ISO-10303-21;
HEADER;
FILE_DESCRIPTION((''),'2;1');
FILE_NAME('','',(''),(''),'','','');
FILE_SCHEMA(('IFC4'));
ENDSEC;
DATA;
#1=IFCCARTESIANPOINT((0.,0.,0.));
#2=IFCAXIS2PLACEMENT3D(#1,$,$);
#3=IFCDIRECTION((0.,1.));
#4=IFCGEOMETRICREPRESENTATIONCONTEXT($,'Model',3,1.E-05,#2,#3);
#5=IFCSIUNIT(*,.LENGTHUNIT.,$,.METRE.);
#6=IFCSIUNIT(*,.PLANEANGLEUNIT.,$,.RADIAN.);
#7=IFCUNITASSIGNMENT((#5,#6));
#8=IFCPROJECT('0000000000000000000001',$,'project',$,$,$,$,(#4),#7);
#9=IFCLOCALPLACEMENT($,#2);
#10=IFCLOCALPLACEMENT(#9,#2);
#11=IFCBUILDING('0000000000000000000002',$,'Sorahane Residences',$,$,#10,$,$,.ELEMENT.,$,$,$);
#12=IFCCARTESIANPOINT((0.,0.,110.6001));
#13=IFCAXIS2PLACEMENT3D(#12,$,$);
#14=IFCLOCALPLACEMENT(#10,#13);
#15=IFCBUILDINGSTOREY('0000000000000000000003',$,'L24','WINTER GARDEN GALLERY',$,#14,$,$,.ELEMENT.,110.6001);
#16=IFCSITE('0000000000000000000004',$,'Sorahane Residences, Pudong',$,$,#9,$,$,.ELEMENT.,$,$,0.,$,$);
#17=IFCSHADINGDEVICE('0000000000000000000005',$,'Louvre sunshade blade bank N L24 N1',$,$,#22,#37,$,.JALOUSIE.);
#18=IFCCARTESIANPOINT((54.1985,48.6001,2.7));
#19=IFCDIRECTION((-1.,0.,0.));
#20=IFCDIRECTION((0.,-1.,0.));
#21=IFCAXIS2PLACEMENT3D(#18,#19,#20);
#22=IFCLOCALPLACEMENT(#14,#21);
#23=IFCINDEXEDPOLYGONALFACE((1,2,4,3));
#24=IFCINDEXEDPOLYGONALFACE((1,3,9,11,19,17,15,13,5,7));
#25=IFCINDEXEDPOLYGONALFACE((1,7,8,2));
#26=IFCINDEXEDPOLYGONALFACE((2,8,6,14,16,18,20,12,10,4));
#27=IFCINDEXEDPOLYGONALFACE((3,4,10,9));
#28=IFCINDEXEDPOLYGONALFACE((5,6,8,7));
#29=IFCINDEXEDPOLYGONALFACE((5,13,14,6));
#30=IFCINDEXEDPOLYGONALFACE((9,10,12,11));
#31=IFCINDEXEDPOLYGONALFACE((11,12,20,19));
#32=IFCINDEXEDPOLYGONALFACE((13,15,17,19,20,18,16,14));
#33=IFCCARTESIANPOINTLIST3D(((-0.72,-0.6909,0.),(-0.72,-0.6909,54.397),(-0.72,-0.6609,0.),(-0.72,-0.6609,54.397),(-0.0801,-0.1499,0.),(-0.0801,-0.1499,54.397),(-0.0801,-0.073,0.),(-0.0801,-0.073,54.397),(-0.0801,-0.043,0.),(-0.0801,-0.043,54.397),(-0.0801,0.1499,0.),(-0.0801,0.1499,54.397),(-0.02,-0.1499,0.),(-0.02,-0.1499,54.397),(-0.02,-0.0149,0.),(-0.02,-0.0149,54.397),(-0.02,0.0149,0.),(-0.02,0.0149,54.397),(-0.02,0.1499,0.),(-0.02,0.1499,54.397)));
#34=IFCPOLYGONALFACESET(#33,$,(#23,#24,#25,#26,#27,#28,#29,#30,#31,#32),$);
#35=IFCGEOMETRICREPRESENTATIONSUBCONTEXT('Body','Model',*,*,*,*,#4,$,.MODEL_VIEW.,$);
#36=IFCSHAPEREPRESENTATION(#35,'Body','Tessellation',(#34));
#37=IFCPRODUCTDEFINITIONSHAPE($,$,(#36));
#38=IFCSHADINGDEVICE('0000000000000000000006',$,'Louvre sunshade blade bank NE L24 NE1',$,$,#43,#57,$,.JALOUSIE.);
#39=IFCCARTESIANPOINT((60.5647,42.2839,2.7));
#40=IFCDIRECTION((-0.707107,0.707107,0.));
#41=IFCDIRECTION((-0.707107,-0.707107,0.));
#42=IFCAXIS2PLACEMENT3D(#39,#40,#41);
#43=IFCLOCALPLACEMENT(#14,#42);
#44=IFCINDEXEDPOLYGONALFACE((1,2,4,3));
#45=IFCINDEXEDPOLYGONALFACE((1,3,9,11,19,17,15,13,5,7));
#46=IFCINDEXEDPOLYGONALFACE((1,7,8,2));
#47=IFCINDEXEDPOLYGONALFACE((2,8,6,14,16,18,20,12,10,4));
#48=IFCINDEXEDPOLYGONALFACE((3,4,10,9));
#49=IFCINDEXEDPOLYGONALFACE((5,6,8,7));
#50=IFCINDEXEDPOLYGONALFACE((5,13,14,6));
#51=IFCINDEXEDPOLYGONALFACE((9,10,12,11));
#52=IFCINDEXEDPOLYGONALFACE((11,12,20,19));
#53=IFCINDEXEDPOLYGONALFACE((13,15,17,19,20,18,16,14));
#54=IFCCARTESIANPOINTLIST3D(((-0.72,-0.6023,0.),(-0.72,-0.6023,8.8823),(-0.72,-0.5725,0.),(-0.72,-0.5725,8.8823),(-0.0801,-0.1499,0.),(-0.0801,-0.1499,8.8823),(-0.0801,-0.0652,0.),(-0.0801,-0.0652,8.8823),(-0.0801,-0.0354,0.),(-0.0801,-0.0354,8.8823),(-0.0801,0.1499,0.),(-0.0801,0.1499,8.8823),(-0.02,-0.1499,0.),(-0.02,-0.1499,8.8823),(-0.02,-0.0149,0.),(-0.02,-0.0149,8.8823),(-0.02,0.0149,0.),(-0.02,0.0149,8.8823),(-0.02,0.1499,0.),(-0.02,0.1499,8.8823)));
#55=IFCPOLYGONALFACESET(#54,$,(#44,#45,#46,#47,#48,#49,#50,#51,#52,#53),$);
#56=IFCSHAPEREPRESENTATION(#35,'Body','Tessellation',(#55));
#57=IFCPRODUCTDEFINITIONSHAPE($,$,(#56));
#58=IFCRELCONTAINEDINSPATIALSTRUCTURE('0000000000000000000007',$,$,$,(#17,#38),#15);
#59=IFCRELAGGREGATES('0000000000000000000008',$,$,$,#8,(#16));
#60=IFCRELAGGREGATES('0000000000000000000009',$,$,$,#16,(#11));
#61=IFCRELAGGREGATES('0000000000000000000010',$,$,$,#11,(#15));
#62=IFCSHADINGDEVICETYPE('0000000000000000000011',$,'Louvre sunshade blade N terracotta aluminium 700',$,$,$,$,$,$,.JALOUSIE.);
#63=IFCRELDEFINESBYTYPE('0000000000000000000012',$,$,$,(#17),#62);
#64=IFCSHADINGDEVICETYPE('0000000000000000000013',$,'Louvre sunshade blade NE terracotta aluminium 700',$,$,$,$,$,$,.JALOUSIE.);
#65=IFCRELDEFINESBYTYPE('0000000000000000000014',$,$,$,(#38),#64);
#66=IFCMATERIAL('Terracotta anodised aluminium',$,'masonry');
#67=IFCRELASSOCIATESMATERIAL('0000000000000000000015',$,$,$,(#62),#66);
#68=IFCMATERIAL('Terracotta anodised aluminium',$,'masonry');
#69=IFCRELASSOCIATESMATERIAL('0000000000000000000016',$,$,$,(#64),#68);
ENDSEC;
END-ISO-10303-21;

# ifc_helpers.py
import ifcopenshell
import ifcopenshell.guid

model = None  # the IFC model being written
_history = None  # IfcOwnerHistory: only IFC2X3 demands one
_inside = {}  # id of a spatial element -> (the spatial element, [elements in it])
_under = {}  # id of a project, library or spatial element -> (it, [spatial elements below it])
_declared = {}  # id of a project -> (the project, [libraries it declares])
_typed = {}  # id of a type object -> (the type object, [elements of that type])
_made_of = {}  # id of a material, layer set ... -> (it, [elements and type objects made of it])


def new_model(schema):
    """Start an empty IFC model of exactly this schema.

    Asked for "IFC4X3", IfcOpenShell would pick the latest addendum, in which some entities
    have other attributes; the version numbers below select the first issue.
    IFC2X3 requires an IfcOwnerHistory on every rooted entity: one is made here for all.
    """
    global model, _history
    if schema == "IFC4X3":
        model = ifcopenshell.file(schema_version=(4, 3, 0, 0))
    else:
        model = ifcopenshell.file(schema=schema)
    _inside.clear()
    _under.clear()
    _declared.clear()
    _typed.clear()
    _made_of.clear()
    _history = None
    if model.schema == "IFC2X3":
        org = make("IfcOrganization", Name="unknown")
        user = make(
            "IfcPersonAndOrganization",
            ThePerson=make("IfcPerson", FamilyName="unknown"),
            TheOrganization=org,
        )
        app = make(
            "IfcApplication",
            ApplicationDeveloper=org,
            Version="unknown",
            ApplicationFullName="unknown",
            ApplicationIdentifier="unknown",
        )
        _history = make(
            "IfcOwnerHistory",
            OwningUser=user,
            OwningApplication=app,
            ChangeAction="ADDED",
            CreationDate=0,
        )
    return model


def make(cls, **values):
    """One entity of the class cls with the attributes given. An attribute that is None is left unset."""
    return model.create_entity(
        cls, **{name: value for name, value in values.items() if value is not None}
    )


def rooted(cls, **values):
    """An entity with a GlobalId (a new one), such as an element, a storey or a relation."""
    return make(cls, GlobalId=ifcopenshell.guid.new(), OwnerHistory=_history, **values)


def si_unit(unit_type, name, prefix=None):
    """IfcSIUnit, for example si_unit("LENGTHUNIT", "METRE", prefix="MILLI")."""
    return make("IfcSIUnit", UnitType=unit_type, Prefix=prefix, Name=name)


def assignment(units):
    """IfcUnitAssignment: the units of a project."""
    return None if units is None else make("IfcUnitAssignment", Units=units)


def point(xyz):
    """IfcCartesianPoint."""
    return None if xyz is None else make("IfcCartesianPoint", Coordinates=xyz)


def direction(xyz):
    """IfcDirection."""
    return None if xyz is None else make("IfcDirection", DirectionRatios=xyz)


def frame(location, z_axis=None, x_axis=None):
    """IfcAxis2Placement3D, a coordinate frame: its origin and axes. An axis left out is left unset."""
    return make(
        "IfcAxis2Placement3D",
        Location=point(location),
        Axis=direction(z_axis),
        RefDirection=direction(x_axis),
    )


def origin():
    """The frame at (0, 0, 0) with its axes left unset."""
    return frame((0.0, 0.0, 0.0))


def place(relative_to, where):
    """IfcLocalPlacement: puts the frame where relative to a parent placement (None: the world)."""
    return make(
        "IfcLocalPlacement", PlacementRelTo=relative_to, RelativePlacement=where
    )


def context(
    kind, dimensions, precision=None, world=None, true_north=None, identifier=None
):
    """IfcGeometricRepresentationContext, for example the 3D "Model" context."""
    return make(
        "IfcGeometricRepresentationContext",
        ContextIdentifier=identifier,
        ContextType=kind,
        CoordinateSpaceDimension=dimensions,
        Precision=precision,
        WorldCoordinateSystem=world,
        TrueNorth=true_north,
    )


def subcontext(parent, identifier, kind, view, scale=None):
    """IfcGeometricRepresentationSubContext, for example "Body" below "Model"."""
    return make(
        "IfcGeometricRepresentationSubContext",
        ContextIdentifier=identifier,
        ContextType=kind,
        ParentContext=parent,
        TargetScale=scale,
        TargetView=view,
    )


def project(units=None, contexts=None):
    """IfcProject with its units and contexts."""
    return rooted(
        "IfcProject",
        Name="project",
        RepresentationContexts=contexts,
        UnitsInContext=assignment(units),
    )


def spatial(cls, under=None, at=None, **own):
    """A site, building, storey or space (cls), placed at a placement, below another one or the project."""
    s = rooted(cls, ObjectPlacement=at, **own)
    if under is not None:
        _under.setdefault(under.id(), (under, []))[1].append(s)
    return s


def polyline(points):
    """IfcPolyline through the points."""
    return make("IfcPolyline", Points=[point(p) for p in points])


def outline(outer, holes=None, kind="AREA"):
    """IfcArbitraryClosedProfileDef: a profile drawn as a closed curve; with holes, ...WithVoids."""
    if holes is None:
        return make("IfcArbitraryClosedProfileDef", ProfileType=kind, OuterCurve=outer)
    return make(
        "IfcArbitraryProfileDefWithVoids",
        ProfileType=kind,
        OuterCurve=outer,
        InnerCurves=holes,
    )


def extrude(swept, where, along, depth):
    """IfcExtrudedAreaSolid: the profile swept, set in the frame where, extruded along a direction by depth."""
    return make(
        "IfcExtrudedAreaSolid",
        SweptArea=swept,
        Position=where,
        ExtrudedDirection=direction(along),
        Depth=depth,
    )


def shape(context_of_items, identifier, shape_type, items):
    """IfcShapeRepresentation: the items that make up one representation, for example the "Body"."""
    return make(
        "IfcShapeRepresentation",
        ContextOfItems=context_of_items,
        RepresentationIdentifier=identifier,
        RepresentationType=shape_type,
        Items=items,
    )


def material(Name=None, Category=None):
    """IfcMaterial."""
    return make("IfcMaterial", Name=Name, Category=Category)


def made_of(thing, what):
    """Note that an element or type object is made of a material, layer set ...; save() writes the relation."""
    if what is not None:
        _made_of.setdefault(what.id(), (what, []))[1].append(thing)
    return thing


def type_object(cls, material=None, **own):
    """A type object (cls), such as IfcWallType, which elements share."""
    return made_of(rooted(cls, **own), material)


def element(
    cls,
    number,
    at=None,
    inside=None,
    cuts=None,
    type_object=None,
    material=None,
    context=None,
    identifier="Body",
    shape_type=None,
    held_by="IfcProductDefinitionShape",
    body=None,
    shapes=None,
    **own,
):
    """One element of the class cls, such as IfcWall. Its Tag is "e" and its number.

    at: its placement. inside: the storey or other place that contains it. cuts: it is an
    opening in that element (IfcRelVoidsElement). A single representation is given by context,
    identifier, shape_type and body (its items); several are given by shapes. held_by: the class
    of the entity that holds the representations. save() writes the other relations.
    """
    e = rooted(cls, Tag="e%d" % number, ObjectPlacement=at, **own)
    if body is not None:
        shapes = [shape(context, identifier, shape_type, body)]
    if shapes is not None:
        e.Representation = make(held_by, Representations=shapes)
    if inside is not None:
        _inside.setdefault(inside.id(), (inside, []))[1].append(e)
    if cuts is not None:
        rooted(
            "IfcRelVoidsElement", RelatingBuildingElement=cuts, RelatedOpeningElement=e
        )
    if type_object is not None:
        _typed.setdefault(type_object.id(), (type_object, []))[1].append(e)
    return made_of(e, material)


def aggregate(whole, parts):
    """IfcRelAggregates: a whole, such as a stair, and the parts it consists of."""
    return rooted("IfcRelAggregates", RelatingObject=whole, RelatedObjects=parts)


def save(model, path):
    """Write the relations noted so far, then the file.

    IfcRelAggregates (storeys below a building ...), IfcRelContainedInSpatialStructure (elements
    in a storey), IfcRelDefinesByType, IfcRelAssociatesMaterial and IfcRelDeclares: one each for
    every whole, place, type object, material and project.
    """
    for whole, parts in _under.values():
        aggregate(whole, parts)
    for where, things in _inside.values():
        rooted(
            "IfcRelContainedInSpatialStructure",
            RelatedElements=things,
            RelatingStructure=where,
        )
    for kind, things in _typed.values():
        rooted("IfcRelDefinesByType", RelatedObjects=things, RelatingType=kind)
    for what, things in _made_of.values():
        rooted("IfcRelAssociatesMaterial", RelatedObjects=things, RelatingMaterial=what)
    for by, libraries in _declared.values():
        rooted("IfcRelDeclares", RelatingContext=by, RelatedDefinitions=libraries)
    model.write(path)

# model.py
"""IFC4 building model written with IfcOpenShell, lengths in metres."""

from ifc_helpers import new_model, si_unit, direction, frame, origin, place, context, subcontext, project, spatial, polyline, outline, extrude, material, type_object, element, save


model = new_model("IFC4")

# Units and contexts
model_context = context("Model", 3, precision=1e-05, world=origin(), true_north=direction((0.0, 1.0)))
body_context = subcontext(model_context, "Body", "Model", "MODEL_VIEW")
ifc_project = project(units=[si_unit("LENGTHUNIT", "METRE"), si_unit("PLANEANGLEUNIT", "RADIAN")], contexts=[model_context])

# Site, building, storey
site_placement = place(None, origin())
site = spatial("IfcSite", under=ifc_project, at=site_placement, Name="Sorahane Residences, Pudong", CompositionType="ELEMENT", RefElevation=0.0)
building_placement = place(site_placement, origin())
building = spatial("IfcBuilding", under=site, at=building_placement, Name="Sorahane Residences", CompositionType="ELEMENT")
storey_placement = place(building_placement, frame((0.0, 0.0, 110.6001)))
storey = spatial("IfcBuildingStorey", under=building, at=storey_placement, Name="L24", Description="WINTER GARDEN GALLERY", CompositionType="ELEMENT", Elevation=110.6001)

# Shading devices
ifc_material_1 = material(Name="Terracotta anodised aluminium", Category="masonry")
shading_device_type_1 = type_object("IfcShadingDeviceType", Name="Louvre sunshade blade N terracotta aluminium 700", PredefinedType="JALOUSIE", material=ifc_material_1)
shading_device_1_placement = place(storey_placement, frame((54.1985, 48.6001, 2.7), z_axis=(-1.0, 0.0, 0.0), x_axis=(0.0, -1.0, 0.0)))
element("IfcShadingDevice", 1, at=shading_device_1_placement, inside=storey, type_object=shading_device_type_1, Name="Louvre sunshade blade bank N L24 N1", PredefinedType="JALOUSIE", context=body_context, shape_type="SweptSolid", body=[
    extrude(outline(polyline([(-0.72, -0.6609), (-0.72, -0.6909), (-0.0801, -0.073), (-0.0801, -0.1499), (-0.02, -0.1499), (-0.02, -0.0149), (-0.02, 0.0149), (-0.02, 0.1499), (-0.0801, 0.1499), (-0.0801, -0.043), (-0.72, -0.6609)])), origin(), (0.0, 0.0, 1.0), 54.397),
])
ifc_material_2 = material(Name="Terracotta anodised aluminium", Category="masonry")
shading_device_type_2 = type_object("IfcShadingDeviceType", Name="Louvre sunshade blade NE terracotta aluminium 700", PredefinedType="JALOUSIE", material=ifc_material_2)
shading_device_2_placement = place(storey_placement, frame((60.5647, 42.2839, 2.7), z_axis=(-0.707107, 0.707107, 0.0), x_axis=(-0.707107, -0.707107, 0.0)))
element("IfcShadingDevice", 2, at=shading_device_2_placement, inside=storey, type_object=shading_device_type_2, Name="Louvre sunshade blade bank NE L24 NE1", PredefinedType="JALOUSIE", context=body_context, shape_type="SweptSolid", body=[
    extrude(outline(polyline([(-0.72, -0.5725), (-0.72, -0.6023), (-0.0801, -0.0652), (-0.0801, -0.1499), (-0.02, -0.1499), (-0.02, -0.0149), (-0.02, 0.0149), (-0.02, 0.1499), (-0.0801, 0.1499), (-0.0801, -0.0354), (-0.72, -0.5725)])), origin(), (0.0, 0.0, 1.0), 8.8823),
])

save(model, "model.ifc")
